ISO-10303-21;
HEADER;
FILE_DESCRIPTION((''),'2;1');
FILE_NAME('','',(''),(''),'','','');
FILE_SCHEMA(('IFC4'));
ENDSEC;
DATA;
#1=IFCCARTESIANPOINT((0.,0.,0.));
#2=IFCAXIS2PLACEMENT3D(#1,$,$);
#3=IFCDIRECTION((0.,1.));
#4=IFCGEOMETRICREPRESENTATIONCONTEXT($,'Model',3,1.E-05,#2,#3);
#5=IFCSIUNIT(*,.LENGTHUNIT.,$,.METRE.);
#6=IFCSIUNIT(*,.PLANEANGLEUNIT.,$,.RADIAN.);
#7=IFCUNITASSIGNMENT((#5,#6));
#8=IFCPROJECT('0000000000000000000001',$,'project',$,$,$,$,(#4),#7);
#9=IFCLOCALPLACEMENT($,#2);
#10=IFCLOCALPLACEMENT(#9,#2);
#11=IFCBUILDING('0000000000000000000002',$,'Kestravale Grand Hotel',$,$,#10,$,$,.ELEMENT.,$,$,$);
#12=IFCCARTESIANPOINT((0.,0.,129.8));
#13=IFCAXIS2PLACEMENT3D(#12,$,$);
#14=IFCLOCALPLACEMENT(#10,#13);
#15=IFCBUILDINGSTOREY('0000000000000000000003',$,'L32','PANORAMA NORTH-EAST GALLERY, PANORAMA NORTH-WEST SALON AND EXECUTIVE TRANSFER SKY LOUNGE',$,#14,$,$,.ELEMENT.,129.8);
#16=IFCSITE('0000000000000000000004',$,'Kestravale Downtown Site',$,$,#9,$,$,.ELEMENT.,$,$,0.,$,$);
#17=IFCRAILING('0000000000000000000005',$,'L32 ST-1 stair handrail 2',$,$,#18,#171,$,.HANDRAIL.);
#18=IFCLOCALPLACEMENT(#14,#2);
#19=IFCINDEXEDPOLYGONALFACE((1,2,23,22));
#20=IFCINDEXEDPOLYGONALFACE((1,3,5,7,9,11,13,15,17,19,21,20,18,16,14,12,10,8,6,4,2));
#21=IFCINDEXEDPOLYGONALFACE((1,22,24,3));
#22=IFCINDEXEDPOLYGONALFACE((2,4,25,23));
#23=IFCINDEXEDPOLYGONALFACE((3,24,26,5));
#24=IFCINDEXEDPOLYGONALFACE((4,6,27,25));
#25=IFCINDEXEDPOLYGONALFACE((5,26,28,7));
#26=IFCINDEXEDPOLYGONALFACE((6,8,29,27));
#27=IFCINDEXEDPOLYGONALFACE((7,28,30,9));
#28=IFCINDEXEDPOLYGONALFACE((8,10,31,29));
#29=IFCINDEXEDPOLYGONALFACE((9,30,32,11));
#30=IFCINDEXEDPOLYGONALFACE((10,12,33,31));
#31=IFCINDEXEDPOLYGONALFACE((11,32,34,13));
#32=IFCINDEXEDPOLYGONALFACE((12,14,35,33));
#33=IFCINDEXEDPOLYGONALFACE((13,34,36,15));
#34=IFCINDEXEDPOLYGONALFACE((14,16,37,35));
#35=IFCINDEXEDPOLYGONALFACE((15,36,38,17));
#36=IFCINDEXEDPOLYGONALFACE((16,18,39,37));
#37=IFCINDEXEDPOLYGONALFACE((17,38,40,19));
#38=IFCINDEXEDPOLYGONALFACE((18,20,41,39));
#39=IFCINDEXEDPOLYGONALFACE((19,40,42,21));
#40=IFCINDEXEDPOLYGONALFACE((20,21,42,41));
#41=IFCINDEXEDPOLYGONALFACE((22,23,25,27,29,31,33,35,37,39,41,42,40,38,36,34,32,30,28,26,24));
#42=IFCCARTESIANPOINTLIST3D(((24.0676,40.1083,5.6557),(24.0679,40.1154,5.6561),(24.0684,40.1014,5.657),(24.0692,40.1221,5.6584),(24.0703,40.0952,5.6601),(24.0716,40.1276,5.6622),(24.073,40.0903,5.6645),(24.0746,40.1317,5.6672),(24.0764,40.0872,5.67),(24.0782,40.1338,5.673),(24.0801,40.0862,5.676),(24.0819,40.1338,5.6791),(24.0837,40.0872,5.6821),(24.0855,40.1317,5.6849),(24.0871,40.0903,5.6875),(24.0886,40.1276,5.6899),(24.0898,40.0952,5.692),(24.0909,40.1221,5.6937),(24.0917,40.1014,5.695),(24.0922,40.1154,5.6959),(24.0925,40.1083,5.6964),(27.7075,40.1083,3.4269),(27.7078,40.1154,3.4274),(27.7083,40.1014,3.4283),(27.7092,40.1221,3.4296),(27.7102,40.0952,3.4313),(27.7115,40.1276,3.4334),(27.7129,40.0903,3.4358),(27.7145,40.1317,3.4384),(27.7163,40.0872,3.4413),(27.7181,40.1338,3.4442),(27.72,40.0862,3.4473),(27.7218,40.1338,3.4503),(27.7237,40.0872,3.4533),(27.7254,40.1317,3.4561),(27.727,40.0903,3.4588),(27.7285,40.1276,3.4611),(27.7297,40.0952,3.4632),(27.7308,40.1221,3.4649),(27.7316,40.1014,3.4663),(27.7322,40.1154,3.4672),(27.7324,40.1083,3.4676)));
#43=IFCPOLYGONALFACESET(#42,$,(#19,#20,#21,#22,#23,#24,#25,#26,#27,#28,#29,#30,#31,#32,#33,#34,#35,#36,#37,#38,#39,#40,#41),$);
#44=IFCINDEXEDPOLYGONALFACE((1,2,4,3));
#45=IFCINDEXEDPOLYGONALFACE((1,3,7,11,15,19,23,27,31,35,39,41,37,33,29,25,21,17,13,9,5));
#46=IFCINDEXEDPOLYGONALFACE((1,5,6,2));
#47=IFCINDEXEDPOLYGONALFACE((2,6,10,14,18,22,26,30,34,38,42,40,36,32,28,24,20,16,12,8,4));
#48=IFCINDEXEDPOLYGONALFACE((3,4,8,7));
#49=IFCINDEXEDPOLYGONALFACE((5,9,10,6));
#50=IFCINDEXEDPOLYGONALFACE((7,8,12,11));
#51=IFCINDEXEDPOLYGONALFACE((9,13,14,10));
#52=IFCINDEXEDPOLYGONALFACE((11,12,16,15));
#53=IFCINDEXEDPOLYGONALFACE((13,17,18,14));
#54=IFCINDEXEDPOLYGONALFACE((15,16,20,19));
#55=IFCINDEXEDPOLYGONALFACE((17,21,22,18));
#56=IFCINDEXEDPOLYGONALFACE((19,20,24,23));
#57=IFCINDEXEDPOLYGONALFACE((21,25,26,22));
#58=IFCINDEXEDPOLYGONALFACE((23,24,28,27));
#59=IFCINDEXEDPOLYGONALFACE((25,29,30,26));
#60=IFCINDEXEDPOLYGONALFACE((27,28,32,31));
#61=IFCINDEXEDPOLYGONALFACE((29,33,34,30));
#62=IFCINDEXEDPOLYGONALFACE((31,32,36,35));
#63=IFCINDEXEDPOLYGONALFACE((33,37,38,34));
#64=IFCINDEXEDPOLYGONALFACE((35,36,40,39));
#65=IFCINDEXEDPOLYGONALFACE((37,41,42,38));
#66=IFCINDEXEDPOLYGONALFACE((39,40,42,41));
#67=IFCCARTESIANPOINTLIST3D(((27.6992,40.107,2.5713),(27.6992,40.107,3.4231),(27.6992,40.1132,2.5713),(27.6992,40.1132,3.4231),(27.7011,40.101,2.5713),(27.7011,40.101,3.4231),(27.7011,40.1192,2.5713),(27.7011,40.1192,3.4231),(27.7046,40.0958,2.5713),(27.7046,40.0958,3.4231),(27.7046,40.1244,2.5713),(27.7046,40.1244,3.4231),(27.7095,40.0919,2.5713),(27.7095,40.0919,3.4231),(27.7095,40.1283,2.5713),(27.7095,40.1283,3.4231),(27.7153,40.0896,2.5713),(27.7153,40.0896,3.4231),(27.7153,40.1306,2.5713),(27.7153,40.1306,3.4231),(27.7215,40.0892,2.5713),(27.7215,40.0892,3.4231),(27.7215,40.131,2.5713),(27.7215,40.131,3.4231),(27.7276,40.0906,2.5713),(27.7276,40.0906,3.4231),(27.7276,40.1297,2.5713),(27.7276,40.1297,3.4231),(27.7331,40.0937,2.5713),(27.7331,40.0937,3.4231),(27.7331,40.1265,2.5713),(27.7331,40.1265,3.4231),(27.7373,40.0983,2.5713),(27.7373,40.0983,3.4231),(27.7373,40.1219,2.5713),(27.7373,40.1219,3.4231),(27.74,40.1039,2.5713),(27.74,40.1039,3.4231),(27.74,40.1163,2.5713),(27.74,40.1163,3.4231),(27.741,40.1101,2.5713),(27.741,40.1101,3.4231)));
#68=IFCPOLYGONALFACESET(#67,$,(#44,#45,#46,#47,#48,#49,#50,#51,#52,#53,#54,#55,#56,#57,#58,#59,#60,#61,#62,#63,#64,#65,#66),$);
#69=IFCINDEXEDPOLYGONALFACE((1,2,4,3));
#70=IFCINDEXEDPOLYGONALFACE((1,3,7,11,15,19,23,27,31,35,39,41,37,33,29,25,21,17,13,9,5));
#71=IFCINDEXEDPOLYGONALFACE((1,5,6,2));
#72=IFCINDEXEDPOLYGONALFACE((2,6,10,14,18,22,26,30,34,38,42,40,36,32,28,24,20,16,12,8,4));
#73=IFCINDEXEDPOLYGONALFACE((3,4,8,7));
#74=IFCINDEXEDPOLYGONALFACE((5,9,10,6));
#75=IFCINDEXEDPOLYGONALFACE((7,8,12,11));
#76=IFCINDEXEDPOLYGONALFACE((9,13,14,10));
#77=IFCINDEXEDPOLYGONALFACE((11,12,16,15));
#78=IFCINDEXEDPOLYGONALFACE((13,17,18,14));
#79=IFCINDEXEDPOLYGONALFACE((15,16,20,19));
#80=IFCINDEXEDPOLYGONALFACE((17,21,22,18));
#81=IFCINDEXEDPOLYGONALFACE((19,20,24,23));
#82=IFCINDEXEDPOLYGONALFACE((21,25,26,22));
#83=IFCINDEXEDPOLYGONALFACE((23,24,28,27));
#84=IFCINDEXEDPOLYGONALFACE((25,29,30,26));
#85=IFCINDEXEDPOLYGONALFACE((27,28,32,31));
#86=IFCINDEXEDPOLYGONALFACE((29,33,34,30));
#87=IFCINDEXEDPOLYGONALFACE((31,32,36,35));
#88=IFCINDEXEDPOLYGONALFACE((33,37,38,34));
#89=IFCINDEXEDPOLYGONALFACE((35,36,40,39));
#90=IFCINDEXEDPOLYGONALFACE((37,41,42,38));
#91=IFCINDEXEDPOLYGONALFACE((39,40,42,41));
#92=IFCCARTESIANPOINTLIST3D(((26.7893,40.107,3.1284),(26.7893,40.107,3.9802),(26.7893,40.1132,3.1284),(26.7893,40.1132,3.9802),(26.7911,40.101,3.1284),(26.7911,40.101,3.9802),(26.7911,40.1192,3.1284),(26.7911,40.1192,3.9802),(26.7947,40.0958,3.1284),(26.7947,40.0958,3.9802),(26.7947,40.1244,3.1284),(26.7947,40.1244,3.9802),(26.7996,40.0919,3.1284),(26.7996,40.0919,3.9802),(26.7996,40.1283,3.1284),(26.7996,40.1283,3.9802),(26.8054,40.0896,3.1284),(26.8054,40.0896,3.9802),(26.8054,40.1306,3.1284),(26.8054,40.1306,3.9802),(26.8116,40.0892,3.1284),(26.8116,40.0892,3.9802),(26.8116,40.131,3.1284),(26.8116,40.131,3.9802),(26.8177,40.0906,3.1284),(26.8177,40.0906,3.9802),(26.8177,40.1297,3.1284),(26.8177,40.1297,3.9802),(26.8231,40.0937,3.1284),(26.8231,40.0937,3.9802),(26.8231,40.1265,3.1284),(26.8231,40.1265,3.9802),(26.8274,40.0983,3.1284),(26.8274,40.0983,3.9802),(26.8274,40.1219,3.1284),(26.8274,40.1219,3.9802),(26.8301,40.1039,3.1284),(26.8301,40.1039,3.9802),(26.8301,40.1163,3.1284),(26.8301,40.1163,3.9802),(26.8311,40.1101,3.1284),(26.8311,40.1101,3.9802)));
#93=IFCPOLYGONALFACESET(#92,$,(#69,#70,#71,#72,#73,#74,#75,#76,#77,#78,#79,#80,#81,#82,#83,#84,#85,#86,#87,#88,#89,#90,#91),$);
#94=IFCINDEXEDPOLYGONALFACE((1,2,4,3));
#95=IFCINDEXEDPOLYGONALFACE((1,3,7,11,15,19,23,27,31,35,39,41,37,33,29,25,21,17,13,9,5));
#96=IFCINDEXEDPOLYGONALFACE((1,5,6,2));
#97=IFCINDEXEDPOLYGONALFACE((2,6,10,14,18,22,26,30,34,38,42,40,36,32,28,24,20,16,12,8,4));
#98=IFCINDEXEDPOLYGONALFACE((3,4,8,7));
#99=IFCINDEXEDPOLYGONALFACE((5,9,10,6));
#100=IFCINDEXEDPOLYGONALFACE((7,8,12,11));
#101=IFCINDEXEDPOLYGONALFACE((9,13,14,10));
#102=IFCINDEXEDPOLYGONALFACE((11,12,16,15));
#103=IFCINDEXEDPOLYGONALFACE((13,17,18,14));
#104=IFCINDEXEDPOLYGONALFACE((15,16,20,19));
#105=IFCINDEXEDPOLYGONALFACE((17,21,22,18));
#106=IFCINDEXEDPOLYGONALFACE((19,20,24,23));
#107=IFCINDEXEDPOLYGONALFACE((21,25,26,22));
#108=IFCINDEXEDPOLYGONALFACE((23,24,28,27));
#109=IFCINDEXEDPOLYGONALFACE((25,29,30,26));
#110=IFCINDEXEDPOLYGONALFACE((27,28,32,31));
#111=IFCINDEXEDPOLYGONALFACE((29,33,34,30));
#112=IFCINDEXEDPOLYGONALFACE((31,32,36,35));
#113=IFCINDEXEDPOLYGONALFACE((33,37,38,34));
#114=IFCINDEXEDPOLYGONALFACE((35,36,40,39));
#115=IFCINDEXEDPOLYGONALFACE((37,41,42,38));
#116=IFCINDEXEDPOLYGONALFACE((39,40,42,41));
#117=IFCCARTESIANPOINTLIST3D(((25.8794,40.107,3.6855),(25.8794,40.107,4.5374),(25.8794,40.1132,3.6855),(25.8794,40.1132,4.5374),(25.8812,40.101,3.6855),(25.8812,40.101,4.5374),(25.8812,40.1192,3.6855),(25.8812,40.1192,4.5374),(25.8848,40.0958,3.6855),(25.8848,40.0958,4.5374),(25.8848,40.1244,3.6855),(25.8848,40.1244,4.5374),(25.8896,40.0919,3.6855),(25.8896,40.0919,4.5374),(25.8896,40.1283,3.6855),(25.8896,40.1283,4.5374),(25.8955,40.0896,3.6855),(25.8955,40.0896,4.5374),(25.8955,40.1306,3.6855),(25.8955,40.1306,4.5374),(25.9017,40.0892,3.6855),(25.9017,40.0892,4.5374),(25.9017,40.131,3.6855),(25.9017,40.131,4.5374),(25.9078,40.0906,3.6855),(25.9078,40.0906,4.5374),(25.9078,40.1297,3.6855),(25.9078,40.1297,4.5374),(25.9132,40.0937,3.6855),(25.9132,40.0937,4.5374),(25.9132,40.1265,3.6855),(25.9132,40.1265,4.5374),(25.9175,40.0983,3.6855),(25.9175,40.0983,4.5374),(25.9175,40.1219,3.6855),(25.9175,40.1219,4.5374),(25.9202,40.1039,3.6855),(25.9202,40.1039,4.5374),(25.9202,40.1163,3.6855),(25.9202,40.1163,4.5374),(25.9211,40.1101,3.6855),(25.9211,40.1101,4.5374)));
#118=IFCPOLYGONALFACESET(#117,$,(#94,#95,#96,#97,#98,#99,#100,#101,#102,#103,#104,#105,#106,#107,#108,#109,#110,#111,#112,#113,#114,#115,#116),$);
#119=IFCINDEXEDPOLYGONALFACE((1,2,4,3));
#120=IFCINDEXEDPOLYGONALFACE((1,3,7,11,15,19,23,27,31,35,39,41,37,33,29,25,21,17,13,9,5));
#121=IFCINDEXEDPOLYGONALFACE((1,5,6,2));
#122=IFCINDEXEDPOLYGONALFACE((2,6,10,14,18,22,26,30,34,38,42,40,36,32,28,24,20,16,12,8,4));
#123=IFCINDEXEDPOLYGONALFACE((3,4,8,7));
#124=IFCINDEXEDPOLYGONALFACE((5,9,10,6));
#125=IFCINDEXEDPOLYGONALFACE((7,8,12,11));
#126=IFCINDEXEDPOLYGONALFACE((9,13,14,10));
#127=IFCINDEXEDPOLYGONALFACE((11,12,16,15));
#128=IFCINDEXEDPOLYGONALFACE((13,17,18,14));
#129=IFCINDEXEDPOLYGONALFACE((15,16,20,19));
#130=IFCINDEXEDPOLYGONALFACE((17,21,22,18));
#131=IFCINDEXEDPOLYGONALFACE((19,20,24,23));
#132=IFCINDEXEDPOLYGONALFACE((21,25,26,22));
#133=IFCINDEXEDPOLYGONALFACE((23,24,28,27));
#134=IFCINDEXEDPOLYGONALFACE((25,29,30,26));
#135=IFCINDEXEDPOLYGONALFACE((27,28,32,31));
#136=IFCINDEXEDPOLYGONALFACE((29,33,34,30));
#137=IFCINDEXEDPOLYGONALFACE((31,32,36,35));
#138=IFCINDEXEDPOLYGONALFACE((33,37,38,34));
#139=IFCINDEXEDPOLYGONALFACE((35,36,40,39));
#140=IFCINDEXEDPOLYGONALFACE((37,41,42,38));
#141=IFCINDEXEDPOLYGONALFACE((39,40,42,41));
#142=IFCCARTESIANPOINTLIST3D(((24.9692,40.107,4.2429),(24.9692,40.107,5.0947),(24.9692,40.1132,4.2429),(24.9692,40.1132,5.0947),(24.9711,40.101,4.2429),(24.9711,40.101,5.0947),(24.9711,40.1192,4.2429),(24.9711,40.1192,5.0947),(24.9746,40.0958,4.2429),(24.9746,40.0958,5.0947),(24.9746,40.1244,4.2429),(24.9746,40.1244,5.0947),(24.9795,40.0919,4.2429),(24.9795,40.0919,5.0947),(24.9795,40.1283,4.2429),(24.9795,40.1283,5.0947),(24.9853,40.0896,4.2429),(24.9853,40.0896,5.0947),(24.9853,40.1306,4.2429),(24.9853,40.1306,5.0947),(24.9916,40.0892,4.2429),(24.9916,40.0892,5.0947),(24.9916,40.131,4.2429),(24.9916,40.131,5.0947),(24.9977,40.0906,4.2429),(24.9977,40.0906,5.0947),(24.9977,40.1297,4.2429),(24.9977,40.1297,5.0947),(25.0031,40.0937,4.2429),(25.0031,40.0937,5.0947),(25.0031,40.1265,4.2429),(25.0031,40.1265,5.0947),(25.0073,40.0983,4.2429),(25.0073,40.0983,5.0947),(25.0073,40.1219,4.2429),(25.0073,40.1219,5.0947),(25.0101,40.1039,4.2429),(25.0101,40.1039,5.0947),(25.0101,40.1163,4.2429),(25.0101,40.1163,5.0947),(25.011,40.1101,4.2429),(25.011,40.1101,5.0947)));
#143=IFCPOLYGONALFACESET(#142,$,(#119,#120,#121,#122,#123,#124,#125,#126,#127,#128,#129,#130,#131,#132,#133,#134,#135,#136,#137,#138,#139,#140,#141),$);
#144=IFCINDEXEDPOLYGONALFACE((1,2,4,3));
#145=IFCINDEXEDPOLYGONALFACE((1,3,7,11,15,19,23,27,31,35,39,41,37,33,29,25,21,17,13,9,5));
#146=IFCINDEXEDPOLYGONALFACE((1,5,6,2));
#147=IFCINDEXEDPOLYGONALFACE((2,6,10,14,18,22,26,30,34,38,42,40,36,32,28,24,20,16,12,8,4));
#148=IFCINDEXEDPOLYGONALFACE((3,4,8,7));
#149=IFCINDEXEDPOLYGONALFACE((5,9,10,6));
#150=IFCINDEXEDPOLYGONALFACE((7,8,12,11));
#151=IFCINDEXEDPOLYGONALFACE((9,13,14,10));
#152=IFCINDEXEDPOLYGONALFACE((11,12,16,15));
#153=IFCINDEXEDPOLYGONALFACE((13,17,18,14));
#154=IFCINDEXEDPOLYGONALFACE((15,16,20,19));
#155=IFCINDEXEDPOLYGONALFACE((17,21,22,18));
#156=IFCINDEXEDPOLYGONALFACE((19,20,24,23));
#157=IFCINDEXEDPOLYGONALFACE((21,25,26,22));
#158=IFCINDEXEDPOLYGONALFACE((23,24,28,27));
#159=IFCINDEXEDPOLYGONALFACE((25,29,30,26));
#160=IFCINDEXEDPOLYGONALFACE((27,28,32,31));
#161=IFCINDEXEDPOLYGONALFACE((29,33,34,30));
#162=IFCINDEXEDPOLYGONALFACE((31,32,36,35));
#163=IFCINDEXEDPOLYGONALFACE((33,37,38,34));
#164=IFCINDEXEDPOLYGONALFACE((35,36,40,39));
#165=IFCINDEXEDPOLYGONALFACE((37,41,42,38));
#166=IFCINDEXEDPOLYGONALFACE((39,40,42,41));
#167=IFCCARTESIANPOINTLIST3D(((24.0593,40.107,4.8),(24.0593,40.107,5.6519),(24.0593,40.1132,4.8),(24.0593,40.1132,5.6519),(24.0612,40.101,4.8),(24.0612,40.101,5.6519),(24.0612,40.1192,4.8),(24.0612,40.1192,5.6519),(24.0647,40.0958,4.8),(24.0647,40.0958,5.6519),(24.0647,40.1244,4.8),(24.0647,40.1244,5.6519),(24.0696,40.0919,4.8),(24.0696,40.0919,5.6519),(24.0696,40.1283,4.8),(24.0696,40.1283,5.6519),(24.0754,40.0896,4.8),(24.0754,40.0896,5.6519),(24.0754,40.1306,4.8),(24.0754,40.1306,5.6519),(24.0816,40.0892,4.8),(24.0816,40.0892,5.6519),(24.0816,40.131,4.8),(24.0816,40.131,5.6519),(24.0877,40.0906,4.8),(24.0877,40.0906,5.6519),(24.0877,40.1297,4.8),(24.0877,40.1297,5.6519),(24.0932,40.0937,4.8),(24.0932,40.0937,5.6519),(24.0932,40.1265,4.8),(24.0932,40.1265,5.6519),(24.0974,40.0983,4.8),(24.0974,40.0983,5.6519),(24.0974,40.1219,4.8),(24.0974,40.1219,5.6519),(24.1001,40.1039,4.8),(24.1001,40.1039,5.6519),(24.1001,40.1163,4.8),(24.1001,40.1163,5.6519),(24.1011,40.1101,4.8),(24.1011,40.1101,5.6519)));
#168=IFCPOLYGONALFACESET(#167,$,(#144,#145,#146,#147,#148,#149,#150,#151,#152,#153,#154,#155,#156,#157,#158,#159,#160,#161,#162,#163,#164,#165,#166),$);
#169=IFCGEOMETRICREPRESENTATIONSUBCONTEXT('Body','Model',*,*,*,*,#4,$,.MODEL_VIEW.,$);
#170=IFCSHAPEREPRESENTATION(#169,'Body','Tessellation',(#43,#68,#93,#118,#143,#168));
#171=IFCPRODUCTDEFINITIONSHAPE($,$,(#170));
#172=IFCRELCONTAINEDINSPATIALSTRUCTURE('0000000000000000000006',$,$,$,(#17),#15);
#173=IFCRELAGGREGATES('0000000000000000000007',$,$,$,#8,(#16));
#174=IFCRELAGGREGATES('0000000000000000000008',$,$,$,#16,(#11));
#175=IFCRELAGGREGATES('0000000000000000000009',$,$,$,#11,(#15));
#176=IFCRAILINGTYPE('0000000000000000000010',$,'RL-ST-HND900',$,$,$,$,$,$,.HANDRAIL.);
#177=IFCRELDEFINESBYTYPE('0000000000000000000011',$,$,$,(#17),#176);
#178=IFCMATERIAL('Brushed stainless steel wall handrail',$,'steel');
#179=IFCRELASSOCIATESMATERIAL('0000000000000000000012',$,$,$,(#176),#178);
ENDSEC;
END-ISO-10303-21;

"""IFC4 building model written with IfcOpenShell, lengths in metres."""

from ifc_helpers import new_model, si_unit, direction, frame, origin, origin_2d, place, context, subcontext, project, spatial, circle, extrude, material, type_object, element, save


model = new_model("IFC4")

# Units and contexts
model_context = context("Model", 3, precision=1e-05, world=origin(), true_north=direction((0.0, 1.0)))
body_context = subcontext(model_context, "Body", "Model", "MODEL_VIEW")
ifc_project = project(units=[si_unit("LENGTHUNIT", "METRE"), si_unit("PLANEANGLEUNIT", "RADIAN")], contexts=[model_context])

# Site, building, storey
site_placement = place(None, origin())
site = spatial("IfcSite", under=ifc_project, at=site_placement, Name="Kestravale Downtown Site", CompositionType="ELEMENT", RefElevation=0.0)
building_placement = place(site_placement, origin())
building = spatial("IfcBuilding", under=site, at=building_placement, Name="Kestravale Grand Hotel", CompositionType="ELEMENT")
storey_placement = place(building_placement, frame((0.0, 0.0, 129.8)))
storey = spatial("IfcBuildingStorey", under=building, at=storey_placement, Name="L32", Description="PANORAMA NORTH-EAST GALLERY, PANORAMA NORTH-WEST SALON AND EXECUTIVE TRANSFER SKY LOUNGE", CompositionType="ELEMENT", Elevation=129.8)

# Railing
ifc_material_1 = material(Name="Brushed stainless steel wall handrail", Category="steel")
railing_type_1 = type_object("IfcRailingType", Name="RL-ST-HND900", PredefinedType="HANDRAIL", material=ifc_material_1)
railing_1_placement = place(storey_placement, frame((27.72, 40.1101, 2.5713)))
element("IfcRailing", 1, at=railing_1_placement, inside=storey, type_object=railing_type_1, Name="L32 ST-1 stair handrail 2", PredefinedType="HANDRAIL", context=body_context, shape_type="SweptSolid", body=[
    extrude(circle(Radius=0.0239, at=origin_2d()), frame((0.0, 0.0, 0.876), z_axis=(-0.852825, 0.0, 0.522197), x_axis=(0.0, -1.0, 0.0)), (0.0, 0.0, 1.0), 4.2681),
    extrude(circle(Radius=0.021, at=origin_2d()), origin(), (0.0, 0.0, 1.0), 0.8518),
    extrude(circle(Radius=0.021, at=origin_2d()), frame((-0.9099, 0.0, 0.5571)), (0.0, 0.0, 1.0), 0.8518),
    extrude(circle(Radius=0.021, at=origin_2d()), frame((-1.8198, 0.0, 1.1143)), (0.0, 0.0, 1.0), 0.8518),
    extrude(circle(Radius=0.021, at=origin_2d()), frame((-2.73, 0.0, 1.6716)), (0.0, 0.0, 1.0), 0.8518),
    extrude(circle(Radius=0.021, at=origin_2d()), frame((-3.6399, 0.0, 2.2288)), (0.0, 0.0, 1.0), 0.8518),
])

save(model, "model.ifc")
